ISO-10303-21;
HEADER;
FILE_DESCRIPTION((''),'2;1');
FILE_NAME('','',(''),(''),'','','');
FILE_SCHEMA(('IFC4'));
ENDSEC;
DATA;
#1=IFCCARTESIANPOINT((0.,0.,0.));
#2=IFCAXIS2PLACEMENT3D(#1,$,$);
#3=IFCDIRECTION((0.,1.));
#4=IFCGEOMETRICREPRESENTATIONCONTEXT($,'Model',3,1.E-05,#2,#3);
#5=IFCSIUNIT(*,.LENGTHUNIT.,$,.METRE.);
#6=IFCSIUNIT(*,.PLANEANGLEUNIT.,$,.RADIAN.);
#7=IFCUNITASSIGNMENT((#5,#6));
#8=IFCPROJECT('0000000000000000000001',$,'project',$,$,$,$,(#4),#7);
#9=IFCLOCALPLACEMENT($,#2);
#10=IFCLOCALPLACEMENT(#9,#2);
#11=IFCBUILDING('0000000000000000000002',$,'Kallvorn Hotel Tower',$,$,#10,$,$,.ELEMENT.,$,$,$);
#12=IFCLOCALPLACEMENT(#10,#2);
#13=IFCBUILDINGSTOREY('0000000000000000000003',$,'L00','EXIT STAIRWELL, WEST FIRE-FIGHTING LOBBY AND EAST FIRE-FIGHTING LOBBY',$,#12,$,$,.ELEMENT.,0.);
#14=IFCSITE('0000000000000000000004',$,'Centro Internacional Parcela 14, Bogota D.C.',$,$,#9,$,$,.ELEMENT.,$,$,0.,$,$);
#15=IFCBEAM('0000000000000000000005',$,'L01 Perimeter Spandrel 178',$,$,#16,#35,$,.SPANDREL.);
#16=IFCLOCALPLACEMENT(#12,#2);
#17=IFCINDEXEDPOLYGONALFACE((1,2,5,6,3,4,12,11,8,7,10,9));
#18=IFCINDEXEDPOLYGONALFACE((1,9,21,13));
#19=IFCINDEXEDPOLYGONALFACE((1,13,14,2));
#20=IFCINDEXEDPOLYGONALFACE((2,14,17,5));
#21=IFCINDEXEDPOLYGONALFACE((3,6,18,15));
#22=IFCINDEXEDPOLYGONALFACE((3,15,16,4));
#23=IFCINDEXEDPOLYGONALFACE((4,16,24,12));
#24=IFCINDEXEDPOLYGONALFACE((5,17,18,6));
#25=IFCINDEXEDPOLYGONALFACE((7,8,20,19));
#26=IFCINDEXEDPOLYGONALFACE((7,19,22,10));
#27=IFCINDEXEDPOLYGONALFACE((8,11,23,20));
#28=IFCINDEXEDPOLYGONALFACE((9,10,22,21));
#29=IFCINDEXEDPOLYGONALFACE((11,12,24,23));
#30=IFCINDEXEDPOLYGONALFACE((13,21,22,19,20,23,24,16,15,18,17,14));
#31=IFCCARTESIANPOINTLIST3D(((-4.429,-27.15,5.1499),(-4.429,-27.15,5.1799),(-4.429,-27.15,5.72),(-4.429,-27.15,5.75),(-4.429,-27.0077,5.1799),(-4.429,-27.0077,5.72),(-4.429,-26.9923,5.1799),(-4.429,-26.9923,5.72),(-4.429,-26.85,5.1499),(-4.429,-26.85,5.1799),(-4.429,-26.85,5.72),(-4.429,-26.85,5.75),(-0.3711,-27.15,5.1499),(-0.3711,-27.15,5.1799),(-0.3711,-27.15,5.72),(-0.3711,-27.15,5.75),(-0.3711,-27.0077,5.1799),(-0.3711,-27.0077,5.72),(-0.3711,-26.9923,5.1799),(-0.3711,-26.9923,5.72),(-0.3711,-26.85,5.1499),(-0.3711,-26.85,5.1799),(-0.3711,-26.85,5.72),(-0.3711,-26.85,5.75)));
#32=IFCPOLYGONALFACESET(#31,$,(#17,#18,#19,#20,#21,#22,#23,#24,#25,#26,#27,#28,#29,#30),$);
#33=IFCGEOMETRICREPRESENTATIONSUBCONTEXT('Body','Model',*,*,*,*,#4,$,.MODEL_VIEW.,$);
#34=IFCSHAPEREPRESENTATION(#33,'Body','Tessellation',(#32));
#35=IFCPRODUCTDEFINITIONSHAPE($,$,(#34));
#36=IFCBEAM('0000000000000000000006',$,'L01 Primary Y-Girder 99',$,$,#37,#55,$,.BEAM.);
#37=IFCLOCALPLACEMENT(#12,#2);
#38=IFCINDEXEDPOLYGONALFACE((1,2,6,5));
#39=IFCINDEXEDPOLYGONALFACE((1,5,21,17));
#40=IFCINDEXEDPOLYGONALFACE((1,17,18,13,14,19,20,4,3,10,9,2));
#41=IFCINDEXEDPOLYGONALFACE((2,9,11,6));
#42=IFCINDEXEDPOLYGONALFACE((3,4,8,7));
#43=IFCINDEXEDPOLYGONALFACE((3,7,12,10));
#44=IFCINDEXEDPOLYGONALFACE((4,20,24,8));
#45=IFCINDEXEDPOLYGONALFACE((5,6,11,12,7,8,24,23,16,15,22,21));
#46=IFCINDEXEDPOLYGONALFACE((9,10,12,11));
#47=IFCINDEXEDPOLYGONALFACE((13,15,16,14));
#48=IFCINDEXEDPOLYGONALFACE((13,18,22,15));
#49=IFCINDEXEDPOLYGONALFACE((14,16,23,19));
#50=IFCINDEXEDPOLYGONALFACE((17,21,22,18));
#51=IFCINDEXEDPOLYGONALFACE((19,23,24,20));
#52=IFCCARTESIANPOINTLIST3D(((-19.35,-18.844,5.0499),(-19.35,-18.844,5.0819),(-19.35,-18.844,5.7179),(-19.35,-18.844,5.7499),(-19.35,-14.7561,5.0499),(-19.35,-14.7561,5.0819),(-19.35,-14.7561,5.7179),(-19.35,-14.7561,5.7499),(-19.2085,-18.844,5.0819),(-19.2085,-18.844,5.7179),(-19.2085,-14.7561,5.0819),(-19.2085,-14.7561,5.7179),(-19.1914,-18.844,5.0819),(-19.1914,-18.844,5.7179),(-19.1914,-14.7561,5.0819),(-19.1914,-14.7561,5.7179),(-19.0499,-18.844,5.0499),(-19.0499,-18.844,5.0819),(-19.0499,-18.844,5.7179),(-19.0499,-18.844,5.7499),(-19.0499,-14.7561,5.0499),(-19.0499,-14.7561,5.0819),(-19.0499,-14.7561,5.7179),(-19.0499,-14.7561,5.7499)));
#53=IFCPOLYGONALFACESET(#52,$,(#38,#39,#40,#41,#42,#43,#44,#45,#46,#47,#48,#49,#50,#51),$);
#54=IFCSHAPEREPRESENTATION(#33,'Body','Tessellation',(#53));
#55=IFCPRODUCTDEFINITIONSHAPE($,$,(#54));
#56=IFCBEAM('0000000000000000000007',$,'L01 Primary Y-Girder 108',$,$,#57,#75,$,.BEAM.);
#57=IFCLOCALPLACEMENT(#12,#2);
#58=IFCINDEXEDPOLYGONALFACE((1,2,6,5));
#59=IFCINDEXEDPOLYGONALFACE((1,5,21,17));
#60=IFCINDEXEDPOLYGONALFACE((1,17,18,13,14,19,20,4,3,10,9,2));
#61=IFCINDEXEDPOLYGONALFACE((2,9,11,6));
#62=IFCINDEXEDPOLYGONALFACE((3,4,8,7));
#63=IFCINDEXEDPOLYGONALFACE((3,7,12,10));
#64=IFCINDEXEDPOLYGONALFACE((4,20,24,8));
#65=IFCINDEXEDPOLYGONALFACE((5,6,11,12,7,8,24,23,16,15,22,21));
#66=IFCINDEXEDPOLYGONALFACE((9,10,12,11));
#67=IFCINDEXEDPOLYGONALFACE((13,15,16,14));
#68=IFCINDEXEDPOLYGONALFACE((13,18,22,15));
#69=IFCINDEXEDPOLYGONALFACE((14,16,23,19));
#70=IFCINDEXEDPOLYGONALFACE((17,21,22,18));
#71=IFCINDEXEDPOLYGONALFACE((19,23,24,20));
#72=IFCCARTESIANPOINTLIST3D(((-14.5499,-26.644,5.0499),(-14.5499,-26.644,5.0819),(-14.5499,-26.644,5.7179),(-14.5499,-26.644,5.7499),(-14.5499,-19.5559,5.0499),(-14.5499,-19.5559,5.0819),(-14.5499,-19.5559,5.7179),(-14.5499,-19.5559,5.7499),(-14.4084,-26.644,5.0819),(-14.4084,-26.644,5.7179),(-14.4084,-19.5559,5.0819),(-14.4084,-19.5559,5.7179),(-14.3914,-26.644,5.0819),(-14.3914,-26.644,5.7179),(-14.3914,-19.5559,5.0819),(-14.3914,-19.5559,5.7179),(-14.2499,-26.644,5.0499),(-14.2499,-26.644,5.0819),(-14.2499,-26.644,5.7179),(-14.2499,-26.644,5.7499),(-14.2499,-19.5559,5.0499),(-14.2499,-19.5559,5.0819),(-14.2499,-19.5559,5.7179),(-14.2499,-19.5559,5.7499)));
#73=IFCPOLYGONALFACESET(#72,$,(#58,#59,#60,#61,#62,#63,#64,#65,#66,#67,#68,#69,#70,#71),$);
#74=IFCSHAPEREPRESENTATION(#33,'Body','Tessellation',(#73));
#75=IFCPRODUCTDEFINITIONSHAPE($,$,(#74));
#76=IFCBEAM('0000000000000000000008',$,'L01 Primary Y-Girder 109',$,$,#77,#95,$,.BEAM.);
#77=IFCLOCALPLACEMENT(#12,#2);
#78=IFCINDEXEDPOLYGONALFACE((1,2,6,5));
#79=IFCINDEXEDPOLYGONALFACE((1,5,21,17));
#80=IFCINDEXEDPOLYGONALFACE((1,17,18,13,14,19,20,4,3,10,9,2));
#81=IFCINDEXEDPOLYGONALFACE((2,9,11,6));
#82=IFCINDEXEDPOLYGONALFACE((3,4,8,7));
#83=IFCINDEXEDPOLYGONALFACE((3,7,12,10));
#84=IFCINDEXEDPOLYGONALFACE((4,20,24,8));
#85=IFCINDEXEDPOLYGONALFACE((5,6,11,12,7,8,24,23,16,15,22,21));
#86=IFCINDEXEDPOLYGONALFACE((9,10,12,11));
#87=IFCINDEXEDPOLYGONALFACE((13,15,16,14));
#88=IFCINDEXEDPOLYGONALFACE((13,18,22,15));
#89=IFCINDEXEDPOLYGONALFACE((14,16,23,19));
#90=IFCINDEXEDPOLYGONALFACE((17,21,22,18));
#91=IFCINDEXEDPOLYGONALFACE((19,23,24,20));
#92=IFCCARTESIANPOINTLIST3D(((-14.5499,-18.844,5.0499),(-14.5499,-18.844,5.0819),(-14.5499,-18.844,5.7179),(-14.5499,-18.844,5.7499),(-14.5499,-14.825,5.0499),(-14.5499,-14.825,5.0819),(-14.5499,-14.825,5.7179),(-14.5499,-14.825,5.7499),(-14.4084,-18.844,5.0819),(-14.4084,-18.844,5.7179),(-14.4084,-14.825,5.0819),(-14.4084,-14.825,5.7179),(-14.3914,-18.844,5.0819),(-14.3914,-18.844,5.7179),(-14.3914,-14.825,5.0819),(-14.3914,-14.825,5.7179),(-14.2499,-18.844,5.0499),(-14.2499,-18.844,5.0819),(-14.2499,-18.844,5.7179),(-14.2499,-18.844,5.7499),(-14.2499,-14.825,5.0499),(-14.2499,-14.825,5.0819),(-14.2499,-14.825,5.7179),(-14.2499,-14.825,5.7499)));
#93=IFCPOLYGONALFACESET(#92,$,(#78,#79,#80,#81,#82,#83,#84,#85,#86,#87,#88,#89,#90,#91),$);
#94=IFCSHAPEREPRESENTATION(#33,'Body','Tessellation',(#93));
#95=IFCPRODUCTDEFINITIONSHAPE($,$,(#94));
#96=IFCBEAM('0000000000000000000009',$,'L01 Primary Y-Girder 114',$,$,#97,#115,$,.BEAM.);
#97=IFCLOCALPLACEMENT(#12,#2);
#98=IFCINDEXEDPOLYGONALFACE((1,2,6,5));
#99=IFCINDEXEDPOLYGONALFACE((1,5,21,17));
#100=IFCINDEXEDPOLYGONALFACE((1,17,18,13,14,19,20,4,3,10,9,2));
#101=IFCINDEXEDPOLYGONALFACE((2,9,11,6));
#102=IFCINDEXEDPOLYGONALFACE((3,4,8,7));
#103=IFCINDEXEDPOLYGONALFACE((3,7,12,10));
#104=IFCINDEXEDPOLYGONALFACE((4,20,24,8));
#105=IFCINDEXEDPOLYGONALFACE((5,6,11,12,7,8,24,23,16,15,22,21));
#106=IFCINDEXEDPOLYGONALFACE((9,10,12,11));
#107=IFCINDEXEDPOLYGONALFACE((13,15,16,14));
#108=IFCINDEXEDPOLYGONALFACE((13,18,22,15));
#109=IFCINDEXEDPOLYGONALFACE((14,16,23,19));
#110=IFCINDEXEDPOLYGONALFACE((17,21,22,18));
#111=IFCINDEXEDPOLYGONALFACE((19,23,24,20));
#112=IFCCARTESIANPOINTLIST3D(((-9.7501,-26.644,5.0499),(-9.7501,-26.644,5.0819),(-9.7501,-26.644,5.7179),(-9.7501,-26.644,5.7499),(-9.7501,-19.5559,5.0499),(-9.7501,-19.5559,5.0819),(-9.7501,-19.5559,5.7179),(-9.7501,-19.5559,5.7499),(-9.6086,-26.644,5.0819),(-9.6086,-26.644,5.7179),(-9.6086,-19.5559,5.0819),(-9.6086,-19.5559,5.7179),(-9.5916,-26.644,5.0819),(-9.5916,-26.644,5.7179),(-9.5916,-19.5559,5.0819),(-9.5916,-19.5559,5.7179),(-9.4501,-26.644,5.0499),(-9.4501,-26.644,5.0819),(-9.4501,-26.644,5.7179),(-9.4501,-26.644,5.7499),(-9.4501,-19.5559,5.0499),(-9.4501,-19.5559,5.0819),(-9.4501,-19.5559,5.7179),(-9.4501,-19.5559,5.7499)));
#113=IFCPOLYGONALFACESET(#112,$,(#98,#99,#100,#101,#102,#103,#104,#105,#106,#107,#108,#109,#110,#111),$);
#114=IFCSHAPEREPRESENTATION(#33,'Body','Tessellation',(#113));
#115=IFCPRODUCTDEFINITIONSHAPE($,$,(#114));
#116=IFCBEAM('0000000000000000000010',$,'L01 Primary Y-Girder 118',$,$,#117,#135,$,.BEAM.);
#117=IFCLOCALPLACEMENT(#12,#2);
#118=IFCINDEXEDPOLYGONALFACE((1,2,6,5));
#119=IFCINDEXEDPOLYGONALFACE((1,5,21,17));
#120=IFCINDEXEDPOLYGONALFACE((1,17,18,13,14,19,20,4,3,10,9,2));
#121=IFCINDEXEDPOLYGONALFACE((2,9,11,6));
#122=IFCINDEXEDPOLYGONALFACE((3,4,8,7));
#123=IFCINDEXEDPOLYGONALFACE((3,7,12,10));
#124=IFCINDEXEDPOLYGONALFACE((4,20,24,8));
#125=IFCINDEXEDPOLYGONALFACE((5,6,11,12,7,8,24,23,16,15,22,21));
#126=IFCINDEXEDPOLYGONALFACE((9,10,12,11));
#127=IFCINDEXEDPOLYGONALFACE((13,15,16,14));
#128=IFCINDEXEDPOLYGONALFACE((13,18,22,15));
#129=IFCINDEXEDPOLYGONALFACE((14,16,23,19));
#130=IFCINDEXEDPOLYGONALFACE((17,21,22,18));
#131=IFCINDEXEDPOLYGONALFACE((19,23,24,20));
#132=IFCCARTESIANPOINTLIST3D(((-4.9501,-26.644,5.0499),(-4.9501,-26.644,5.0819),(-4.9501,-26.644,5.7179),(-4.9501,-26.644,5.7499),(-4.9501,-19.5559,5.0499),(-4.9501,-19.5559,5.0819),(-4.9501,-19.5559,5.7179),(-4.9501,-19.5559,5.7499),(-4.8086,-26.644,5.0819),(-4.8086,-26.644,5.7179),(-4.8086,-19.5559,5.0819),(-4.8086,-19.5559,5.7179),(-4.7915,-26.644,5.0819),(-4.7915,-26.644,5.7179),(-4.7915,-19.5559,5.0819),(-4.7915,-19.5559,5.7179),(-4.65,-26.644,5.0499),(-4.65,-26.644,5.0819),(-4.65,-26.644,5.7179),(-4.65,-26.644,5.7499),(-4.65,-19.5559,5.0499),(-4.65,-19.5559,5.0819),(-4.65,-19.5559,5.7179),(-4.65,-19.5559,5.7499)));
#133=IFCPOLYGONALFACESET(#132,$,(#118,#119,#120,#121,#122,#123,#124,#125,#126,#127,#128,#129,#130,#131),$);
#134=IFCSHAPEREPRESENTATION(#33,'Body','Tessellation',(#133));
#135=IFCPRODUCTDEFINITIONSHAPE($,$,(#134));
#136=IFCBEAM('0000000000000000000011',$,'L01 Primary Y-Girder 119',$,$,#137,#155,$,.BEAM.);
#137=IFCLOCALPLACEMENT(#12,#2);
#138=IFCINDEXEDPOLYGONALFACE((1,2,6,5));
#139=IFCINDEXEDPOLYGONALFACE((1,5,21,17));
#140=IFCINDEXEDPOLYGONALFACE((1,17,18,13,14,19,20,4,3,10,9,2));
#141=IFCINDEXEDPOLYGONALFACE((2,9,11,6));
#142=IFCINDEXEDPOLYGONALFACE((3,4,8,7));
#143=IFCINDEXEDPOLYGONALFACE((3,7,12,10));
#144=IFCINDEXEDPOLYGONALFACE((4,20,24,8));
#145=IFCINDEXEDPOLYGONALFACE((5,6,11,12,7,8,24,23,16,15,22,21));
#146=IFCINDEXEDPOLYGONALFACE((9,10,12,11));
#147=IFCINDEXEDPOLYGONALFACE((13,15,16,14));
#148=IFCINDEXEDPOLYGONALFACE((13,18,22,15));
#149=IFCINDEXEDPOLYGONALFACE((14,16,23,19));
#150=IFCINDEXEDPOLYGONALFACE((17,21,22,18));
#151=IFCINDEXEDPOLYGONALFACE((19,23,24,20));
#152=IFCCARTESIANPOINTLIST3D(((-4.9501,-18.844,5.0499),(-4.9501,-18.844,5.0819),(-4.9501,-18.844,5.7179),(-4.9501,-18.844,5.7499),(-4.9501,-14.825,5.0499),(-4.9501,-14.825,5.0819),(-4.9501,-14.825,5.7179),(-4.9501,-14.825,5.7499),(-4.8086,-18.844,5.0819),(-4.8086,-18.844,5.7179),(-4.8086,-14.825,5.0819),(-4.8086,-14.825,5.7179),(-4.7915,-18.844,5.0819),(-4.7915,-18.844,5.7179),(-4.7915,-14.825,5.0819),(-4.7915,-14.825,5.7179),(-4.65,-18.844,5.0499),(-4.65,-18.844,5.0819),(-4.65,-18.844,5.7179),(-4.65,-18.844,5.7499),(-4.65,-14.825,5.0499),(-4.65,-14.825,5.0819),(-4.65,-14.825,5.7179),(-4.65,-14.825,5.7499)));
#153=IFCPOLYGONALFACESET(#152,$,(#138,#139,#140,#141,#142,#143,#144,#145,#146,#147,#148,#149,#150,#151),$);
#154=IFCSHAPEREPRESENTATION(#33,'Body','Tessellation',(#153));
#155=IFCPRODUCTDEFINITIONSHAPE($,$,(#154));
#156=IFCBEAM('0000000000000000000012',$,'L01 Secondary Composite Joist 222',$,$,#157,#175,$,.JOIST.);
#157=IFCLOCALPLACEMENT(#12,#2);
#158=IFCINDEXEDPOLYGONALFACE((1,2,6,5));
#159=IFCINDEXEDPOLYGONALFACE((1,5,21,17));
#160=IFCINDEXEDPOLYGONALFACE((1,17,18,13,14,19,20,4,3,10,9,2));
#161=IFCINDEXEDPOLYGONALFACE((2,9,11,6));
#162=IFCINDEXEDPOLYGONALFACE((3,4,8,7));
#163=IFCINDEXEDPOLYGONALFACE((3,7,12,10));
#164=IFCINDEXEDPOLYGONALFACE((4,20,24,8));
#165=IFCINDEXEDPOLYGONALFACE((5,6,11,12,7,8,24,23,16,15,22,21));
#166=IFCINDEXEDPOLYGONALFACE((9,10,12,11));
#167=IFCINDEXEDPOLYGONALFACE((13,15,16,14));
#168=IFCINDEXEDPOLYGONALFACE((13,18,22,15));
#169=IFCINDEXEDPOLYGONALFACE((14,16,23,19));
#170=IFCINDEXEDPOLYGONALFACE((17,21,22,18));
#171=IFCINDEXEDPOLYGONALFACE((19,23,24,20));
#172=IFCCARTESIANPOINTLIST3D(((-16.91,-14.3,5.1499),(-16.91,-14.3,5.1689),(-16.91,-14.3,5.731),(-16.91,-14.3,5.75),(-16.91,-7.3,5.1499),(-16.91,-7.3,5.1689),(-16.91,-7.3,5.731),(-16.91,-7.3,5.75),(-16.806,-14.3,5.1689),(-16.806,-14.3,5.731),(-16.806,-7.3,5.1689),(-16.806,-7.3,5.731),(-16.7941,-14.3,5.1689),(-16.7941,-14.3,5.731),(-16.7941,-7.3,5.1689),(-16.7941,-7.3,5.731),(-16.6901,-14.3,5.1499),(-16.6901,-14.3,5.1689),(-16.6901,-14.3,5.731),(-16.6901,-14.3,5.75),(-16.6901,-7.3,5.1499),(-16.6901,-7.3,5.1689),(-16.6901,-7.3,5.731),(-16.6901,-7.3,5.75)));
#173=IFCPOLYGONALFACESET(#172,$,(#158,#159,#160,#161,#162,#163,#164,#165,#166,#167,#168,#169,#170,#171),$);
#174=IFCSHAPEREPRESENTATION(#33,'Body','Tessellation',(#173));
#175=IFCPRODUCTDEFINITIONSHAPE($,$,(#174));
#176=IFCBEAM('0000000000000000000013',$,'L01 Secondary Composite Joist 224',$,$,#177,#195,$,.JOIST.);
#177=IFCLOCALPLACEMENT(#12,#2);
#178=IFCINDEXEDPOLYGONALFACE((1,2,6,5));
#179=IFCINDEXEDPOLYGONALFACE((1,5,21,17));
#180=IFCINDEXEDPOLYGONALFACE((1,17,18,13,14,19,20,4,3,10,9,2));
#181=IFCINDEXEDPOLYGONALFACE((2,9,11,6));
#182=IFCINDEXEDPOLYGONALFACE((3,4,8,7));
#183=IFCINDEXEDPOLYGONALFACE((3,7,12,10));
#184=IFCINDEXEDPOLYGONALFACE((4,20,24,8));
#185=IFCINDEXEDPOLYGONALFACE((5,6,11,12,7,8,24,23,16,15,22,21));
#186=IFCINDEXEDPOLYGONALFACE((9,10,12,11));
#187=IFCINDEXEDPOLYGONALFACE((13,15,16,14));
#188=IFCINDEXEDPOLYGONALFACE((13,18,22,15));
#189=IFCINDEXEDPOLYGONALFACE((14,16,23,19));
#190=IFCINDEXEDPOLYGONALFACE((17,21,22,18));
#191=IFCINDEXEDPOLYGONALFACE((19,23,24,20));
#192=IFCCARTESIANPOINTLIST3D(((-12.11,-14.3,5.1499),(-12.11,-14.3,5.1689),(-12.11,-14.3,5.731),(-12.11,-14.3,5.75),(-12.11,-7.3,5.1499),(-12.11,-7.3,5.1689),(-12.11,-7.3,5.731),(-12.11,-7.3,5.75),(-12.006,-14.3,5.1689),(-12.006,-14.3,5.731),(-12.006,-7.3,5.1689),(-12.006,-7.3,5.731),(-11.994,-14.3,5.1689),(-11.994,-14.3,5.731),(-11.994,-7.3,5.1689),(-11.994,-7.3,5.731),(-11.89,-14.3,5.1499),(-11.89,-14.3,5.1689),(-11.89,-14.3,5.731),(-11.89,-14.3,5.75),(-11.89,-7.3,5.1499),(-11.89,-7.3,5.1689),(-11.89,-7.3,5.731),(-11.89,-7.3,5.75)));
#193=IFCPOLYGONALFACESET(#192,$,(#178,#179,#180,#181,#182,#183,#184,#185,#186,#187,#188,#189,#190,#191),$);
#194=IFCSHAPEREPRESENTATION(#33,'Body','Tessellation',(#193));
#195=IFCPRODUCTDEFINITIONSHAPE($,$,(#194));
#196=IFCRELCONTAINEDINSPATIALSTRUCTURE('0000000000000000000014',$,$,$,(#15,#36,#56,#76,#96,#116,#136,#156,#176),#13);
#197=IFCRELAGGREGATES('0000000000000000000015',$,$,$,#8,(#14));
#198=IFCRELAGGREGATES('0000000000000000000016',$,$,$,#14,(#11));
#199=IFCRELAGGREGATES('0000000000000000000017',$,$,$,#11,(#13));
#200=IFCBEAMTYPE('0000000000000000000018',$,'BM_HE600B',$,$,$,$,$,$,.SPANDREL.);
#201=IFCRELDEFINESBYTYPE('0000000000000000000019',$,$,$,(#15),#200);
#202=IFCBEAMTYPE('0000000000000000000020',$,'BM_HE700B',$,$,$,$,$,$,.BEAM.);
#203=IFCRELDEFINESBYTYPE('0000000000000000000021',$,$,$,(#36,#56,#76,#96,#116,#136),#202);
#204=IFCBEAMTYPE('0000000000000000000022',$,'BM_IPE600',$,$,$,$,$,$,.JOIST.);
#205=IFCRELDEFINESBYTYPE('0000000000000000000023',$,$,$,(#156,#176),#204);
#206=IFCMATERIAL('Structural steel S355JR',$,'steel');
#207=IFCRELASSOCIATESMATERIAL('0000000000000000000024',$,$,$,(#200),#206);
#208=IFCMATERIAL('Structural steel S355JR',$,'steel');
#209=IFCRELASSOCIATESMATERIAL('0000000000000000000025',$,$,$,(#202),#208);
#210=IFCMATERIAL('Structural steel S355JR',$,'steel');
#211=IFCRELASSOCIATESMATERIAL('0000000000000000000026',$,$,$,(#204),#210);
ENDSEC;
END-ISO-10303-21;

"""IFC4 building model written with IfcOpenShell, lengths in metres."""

from ifc_helpers import new_model, si_unit, direction, frame, origin, origin_2d, place, context, subcontext, project, spatial, i_section, extrude, material, material_profile, profile_set, type_object, element, save


model = new_model("IFC4")

# Units and contexts
model_context = context("Model", 3, precision=1e-05, world=origin(), true_north=direction((0.0, 1.0)))
body_context = subcontext(model_context, "Body", "Model", "MODEL_VIEW")
ifc_project = project(units=[si_unit("LENGTHUNIT", "METRE"), si_unit("PLANEANGLEUNIT", "RADIAN")], contexts=[model_context])

# Site, building, storey
site_placement = place(None, origin())
site = spatial("IfcSite", under=ifc_project, at=site_placement, Name="Centro Internacional Parcela 14, Bogota D.C.", CompositionType="ELEMENT", RefElevation=0.0)
building_placement = place(site_placement, origin())
building = spatial("IfcBuilding", under=site, at=building_placement, Name="Kallvorn Hotel Tower", CompositionType="ELEMENT")
storey_placement = place(building_placement, origin())
storey = spatial("IfcBuildingStorey", under=building, at=storey_placement, Name="L00", Description="EXIT STAIRWELL, WEST FIRE-FIGHTING LOBBY AND EAST FIRE-FIGHTING LOBBY", CompositionType="ELEMENT", Elevation=0.0)

# Beams
ifc_material_1 = material(Name="Structural steel S355JR", Category="steel")
ifc_material_profile_1 = material_profile(ifc_material_1, i_section(OverallWidth=0.3, OverallDepth=0.6001, WebThickness=0.0154, FlangeThickness=0.03, at=origin_2d()), Name="HE 600 B")
ifc_profile_set_1 = profile_set([ifc_material_profile_1], Name="Structural steel S355JR")
beam_type_1 = type_object("IfcBeamType", Name="BM_HE600B", PredefinedType="SPANDREL", material=ifc_profile_set_1)
beam_1_placement = place(storey_placement, frame((-4.429, -27.0, 5.45), z_axis=(1.0, 0.0, 0.0), x_axis=(0.0, 1.0, 0.0)))
element("IfcBeam", 1, at=beam_1_placement, inside=storey, type_object=beam_type_1, Name="L01 Perimeter Spandrel 178", PredefinedType="SPANDREL", context=body_context, shape_type="SweptSolid", body=[
    extrude(i_section(OverallWidth=0.3, OverallDepth=0.6001, WebThickness=0.0154, FlangeThickness=0.03, at=origin_2d()), origin(), (0.0, 0.0, 1.0), 4.0579),
])
ifc_material_2 = material(Name="Structural steel S355JR", Category="steel")
ifc_material_profile_2 = material_profile(ifc_material_2, i_section(OverallWidth=0.3, OverallDepth=0.7, WebThickness=0.0171, FlangeThickness=0.032, at=origin_2d()), Name="HE 700 B")
ifc_profile_set_2 = profile_set([ifc_material_profile_2], Name="Structural steel S355JR")
beam_type_2 = type_object("IfcBeamType", Name="BM_HE700B", PredefinedType="BEAM", material=ifc_profile_set_2)
beam_2_placement = place(storey_placement, frame((-19.2, -18.844, 5.3999), z_axis=(0.0, 1.0, 0.0), x_axis=(-1.0, 0.0, 0.0)))
element("IfcBeam", 2, at=beam_2_placement, inside=storey, type_object=beam_type_2, Name="L01 Primary Y-Girder 99", PredefinedType="BEAM", context=body_context, shape_type="SweptSolid", body=[
    extrude(i_section(OverallWidth=0.3, OverallDepth=0.7, WebThickness=0.0171, FlangeThickness=0.032, at=origin_2d()), origin(), (0.0, 0.0, 1.0), 4.0879),
])
beam_3_placement = place(storey_placement, frame((-14.3999, -26.644, 5.3999), z_axis=(0.0, 1.0, 0.0), x_axis=(-1.0, 0.0, 0.0)))
element("IfcBeam", 3, at=beam_3_placement, inside=storey, type_object=beam_type_2, Name="L01 Primary Y-Girder 108", PredefinedType="BEAM", context=body_context, shape_type="SweptSolid", body=[
    extrude(i_section(OverallWidth=0.3, OverallDepth=0.7, WebThickness=0.0171, FlangeThickness=0.032, at=origin_2d()), origin(), (0.0, 0.0, 1.0), 7.0881),
])
beam_4_placement = place(storey_placement, frame((-14.3999, -18.844, 5.3999), z_axis=(0.0, 1.0, 0.0), x_axis=(-1.0, 0.0, 0.0)))
element("IfcBeam", 4, at=beam_4_placement, inside=storey, type_object=beam_type_2, Name="L01 Primary Y-Girder 109", PredefinedType="BEAM", context=body_context, shape_type="SweptSolid", body=[
    extrude(i_section(OverallWidth=0.3, OverallDepth=0.7, WebThickness=0.0171, FlangeThickness=0.032, at=origin_2d()), origin(), (0.0, 0.0, 1.0), 4.019),
])
for number, where, z_axis, x_axis, name in (
    (5, (-9.6001, -26.644, 5.3999), (0.0, 1.0, 0.0), (-1.0, 0.0, 0.0), "L01 Primary Y-Girder 114"),
    (6, (-4.8, -26.644, 5.3999), (0.0, 1.0, 0.0), (-1.0, 0.0, 0.0), "L01 Primary Y-Girder 118"),
):
    element("IfcBeam", number, at=place(storey_placement, frame(where, z_axis=z_axis, x_axis=x_axis)), inside=storey, type_object=beam_type_2, Name=name, PredefinedType="BEAM", context=body_context, shape_type="SweptSolid", body=[
        extrude(i_section(OverallWidth=0.3, OverallDepth=0.7, WebThickness=0.0171, FlangeThickness=0.032, at=origin_2d()), origin(), (0.0, 0.0, 1.0), 7.0881),
    ])
beam_5_placement = place(storey_placement, frame((-4.8, -18.844, 5.3999), z_axis=(0.0, 1.0, 0.0), x_axis=(-1.0, 0.0, 0.0)))
element("IfcBeam", 7, at=beam_5_placement, inside=storey, type_object=beam_type_2, Name="L01 Primary Y-Girder 119", PredefinedType="BEAM", context=body_context, shape_type="SweptSolid", body=[
    extrude(i_section(OverallWidth=0.3, OverallDepth=0.7, WebThickness=0.0171, FlangeThickness=0.032, at=origin_2d()), origin(), (0.0, 0.0, 1.0), 4.019),
])
ifc_material_3 = material(Name="Structural steel S355JR", Category="steel")
ifc_material_profile_3 = material_profile(ifc_material_3, i_section(OverallWidth=0.22, OverallDepth=0.6001, WebThickness=0.012, FlangeThickness=0.019, at=origin_2d()), Name="IPE 600")
ifc_profile_set_3 = profile_set([ifc_material_profile_3], Name="Structural steel S355JR")
beam_type_3 = type_object("IfcBeamType", Name="BM_IPE600", PredefinedType="JOIST", material=ifc_profile_set_3)
for number, where, z_axis, x_axis, name in (
    (8, (-16.8, -14.3, 5.45), (0.0, 1.0, 0.0), (-1.0, 0.0, 0.0), "L01 Secondary Composite Joist 222"),
    (9, (-12.0, -14.3, 5.45), (0.0, 1.0, 0.0), (-1.0, 0.0, 0.0), "L01 Secondary Composite Joist 224"),
):
    element("IfcBeam", number, at=place(storey_placement, frame(where, z_axis=z_axis, x_axis=x_axis)), inside=storey, type_object=beam_type_3, Name=name, PredefinedType="JOIST", context=body_context, shape_type="SweptSolid", body=[
        extrude(i_section(OverallWidth=0.22, OverallDepth=0.6001, WebThickness=0.012, FlangeThickness=0.019, at=origin_2d()), origin(), (0.0, 0.0, 1.0), 7.0),
    ])

save(model, "model.ifc")
